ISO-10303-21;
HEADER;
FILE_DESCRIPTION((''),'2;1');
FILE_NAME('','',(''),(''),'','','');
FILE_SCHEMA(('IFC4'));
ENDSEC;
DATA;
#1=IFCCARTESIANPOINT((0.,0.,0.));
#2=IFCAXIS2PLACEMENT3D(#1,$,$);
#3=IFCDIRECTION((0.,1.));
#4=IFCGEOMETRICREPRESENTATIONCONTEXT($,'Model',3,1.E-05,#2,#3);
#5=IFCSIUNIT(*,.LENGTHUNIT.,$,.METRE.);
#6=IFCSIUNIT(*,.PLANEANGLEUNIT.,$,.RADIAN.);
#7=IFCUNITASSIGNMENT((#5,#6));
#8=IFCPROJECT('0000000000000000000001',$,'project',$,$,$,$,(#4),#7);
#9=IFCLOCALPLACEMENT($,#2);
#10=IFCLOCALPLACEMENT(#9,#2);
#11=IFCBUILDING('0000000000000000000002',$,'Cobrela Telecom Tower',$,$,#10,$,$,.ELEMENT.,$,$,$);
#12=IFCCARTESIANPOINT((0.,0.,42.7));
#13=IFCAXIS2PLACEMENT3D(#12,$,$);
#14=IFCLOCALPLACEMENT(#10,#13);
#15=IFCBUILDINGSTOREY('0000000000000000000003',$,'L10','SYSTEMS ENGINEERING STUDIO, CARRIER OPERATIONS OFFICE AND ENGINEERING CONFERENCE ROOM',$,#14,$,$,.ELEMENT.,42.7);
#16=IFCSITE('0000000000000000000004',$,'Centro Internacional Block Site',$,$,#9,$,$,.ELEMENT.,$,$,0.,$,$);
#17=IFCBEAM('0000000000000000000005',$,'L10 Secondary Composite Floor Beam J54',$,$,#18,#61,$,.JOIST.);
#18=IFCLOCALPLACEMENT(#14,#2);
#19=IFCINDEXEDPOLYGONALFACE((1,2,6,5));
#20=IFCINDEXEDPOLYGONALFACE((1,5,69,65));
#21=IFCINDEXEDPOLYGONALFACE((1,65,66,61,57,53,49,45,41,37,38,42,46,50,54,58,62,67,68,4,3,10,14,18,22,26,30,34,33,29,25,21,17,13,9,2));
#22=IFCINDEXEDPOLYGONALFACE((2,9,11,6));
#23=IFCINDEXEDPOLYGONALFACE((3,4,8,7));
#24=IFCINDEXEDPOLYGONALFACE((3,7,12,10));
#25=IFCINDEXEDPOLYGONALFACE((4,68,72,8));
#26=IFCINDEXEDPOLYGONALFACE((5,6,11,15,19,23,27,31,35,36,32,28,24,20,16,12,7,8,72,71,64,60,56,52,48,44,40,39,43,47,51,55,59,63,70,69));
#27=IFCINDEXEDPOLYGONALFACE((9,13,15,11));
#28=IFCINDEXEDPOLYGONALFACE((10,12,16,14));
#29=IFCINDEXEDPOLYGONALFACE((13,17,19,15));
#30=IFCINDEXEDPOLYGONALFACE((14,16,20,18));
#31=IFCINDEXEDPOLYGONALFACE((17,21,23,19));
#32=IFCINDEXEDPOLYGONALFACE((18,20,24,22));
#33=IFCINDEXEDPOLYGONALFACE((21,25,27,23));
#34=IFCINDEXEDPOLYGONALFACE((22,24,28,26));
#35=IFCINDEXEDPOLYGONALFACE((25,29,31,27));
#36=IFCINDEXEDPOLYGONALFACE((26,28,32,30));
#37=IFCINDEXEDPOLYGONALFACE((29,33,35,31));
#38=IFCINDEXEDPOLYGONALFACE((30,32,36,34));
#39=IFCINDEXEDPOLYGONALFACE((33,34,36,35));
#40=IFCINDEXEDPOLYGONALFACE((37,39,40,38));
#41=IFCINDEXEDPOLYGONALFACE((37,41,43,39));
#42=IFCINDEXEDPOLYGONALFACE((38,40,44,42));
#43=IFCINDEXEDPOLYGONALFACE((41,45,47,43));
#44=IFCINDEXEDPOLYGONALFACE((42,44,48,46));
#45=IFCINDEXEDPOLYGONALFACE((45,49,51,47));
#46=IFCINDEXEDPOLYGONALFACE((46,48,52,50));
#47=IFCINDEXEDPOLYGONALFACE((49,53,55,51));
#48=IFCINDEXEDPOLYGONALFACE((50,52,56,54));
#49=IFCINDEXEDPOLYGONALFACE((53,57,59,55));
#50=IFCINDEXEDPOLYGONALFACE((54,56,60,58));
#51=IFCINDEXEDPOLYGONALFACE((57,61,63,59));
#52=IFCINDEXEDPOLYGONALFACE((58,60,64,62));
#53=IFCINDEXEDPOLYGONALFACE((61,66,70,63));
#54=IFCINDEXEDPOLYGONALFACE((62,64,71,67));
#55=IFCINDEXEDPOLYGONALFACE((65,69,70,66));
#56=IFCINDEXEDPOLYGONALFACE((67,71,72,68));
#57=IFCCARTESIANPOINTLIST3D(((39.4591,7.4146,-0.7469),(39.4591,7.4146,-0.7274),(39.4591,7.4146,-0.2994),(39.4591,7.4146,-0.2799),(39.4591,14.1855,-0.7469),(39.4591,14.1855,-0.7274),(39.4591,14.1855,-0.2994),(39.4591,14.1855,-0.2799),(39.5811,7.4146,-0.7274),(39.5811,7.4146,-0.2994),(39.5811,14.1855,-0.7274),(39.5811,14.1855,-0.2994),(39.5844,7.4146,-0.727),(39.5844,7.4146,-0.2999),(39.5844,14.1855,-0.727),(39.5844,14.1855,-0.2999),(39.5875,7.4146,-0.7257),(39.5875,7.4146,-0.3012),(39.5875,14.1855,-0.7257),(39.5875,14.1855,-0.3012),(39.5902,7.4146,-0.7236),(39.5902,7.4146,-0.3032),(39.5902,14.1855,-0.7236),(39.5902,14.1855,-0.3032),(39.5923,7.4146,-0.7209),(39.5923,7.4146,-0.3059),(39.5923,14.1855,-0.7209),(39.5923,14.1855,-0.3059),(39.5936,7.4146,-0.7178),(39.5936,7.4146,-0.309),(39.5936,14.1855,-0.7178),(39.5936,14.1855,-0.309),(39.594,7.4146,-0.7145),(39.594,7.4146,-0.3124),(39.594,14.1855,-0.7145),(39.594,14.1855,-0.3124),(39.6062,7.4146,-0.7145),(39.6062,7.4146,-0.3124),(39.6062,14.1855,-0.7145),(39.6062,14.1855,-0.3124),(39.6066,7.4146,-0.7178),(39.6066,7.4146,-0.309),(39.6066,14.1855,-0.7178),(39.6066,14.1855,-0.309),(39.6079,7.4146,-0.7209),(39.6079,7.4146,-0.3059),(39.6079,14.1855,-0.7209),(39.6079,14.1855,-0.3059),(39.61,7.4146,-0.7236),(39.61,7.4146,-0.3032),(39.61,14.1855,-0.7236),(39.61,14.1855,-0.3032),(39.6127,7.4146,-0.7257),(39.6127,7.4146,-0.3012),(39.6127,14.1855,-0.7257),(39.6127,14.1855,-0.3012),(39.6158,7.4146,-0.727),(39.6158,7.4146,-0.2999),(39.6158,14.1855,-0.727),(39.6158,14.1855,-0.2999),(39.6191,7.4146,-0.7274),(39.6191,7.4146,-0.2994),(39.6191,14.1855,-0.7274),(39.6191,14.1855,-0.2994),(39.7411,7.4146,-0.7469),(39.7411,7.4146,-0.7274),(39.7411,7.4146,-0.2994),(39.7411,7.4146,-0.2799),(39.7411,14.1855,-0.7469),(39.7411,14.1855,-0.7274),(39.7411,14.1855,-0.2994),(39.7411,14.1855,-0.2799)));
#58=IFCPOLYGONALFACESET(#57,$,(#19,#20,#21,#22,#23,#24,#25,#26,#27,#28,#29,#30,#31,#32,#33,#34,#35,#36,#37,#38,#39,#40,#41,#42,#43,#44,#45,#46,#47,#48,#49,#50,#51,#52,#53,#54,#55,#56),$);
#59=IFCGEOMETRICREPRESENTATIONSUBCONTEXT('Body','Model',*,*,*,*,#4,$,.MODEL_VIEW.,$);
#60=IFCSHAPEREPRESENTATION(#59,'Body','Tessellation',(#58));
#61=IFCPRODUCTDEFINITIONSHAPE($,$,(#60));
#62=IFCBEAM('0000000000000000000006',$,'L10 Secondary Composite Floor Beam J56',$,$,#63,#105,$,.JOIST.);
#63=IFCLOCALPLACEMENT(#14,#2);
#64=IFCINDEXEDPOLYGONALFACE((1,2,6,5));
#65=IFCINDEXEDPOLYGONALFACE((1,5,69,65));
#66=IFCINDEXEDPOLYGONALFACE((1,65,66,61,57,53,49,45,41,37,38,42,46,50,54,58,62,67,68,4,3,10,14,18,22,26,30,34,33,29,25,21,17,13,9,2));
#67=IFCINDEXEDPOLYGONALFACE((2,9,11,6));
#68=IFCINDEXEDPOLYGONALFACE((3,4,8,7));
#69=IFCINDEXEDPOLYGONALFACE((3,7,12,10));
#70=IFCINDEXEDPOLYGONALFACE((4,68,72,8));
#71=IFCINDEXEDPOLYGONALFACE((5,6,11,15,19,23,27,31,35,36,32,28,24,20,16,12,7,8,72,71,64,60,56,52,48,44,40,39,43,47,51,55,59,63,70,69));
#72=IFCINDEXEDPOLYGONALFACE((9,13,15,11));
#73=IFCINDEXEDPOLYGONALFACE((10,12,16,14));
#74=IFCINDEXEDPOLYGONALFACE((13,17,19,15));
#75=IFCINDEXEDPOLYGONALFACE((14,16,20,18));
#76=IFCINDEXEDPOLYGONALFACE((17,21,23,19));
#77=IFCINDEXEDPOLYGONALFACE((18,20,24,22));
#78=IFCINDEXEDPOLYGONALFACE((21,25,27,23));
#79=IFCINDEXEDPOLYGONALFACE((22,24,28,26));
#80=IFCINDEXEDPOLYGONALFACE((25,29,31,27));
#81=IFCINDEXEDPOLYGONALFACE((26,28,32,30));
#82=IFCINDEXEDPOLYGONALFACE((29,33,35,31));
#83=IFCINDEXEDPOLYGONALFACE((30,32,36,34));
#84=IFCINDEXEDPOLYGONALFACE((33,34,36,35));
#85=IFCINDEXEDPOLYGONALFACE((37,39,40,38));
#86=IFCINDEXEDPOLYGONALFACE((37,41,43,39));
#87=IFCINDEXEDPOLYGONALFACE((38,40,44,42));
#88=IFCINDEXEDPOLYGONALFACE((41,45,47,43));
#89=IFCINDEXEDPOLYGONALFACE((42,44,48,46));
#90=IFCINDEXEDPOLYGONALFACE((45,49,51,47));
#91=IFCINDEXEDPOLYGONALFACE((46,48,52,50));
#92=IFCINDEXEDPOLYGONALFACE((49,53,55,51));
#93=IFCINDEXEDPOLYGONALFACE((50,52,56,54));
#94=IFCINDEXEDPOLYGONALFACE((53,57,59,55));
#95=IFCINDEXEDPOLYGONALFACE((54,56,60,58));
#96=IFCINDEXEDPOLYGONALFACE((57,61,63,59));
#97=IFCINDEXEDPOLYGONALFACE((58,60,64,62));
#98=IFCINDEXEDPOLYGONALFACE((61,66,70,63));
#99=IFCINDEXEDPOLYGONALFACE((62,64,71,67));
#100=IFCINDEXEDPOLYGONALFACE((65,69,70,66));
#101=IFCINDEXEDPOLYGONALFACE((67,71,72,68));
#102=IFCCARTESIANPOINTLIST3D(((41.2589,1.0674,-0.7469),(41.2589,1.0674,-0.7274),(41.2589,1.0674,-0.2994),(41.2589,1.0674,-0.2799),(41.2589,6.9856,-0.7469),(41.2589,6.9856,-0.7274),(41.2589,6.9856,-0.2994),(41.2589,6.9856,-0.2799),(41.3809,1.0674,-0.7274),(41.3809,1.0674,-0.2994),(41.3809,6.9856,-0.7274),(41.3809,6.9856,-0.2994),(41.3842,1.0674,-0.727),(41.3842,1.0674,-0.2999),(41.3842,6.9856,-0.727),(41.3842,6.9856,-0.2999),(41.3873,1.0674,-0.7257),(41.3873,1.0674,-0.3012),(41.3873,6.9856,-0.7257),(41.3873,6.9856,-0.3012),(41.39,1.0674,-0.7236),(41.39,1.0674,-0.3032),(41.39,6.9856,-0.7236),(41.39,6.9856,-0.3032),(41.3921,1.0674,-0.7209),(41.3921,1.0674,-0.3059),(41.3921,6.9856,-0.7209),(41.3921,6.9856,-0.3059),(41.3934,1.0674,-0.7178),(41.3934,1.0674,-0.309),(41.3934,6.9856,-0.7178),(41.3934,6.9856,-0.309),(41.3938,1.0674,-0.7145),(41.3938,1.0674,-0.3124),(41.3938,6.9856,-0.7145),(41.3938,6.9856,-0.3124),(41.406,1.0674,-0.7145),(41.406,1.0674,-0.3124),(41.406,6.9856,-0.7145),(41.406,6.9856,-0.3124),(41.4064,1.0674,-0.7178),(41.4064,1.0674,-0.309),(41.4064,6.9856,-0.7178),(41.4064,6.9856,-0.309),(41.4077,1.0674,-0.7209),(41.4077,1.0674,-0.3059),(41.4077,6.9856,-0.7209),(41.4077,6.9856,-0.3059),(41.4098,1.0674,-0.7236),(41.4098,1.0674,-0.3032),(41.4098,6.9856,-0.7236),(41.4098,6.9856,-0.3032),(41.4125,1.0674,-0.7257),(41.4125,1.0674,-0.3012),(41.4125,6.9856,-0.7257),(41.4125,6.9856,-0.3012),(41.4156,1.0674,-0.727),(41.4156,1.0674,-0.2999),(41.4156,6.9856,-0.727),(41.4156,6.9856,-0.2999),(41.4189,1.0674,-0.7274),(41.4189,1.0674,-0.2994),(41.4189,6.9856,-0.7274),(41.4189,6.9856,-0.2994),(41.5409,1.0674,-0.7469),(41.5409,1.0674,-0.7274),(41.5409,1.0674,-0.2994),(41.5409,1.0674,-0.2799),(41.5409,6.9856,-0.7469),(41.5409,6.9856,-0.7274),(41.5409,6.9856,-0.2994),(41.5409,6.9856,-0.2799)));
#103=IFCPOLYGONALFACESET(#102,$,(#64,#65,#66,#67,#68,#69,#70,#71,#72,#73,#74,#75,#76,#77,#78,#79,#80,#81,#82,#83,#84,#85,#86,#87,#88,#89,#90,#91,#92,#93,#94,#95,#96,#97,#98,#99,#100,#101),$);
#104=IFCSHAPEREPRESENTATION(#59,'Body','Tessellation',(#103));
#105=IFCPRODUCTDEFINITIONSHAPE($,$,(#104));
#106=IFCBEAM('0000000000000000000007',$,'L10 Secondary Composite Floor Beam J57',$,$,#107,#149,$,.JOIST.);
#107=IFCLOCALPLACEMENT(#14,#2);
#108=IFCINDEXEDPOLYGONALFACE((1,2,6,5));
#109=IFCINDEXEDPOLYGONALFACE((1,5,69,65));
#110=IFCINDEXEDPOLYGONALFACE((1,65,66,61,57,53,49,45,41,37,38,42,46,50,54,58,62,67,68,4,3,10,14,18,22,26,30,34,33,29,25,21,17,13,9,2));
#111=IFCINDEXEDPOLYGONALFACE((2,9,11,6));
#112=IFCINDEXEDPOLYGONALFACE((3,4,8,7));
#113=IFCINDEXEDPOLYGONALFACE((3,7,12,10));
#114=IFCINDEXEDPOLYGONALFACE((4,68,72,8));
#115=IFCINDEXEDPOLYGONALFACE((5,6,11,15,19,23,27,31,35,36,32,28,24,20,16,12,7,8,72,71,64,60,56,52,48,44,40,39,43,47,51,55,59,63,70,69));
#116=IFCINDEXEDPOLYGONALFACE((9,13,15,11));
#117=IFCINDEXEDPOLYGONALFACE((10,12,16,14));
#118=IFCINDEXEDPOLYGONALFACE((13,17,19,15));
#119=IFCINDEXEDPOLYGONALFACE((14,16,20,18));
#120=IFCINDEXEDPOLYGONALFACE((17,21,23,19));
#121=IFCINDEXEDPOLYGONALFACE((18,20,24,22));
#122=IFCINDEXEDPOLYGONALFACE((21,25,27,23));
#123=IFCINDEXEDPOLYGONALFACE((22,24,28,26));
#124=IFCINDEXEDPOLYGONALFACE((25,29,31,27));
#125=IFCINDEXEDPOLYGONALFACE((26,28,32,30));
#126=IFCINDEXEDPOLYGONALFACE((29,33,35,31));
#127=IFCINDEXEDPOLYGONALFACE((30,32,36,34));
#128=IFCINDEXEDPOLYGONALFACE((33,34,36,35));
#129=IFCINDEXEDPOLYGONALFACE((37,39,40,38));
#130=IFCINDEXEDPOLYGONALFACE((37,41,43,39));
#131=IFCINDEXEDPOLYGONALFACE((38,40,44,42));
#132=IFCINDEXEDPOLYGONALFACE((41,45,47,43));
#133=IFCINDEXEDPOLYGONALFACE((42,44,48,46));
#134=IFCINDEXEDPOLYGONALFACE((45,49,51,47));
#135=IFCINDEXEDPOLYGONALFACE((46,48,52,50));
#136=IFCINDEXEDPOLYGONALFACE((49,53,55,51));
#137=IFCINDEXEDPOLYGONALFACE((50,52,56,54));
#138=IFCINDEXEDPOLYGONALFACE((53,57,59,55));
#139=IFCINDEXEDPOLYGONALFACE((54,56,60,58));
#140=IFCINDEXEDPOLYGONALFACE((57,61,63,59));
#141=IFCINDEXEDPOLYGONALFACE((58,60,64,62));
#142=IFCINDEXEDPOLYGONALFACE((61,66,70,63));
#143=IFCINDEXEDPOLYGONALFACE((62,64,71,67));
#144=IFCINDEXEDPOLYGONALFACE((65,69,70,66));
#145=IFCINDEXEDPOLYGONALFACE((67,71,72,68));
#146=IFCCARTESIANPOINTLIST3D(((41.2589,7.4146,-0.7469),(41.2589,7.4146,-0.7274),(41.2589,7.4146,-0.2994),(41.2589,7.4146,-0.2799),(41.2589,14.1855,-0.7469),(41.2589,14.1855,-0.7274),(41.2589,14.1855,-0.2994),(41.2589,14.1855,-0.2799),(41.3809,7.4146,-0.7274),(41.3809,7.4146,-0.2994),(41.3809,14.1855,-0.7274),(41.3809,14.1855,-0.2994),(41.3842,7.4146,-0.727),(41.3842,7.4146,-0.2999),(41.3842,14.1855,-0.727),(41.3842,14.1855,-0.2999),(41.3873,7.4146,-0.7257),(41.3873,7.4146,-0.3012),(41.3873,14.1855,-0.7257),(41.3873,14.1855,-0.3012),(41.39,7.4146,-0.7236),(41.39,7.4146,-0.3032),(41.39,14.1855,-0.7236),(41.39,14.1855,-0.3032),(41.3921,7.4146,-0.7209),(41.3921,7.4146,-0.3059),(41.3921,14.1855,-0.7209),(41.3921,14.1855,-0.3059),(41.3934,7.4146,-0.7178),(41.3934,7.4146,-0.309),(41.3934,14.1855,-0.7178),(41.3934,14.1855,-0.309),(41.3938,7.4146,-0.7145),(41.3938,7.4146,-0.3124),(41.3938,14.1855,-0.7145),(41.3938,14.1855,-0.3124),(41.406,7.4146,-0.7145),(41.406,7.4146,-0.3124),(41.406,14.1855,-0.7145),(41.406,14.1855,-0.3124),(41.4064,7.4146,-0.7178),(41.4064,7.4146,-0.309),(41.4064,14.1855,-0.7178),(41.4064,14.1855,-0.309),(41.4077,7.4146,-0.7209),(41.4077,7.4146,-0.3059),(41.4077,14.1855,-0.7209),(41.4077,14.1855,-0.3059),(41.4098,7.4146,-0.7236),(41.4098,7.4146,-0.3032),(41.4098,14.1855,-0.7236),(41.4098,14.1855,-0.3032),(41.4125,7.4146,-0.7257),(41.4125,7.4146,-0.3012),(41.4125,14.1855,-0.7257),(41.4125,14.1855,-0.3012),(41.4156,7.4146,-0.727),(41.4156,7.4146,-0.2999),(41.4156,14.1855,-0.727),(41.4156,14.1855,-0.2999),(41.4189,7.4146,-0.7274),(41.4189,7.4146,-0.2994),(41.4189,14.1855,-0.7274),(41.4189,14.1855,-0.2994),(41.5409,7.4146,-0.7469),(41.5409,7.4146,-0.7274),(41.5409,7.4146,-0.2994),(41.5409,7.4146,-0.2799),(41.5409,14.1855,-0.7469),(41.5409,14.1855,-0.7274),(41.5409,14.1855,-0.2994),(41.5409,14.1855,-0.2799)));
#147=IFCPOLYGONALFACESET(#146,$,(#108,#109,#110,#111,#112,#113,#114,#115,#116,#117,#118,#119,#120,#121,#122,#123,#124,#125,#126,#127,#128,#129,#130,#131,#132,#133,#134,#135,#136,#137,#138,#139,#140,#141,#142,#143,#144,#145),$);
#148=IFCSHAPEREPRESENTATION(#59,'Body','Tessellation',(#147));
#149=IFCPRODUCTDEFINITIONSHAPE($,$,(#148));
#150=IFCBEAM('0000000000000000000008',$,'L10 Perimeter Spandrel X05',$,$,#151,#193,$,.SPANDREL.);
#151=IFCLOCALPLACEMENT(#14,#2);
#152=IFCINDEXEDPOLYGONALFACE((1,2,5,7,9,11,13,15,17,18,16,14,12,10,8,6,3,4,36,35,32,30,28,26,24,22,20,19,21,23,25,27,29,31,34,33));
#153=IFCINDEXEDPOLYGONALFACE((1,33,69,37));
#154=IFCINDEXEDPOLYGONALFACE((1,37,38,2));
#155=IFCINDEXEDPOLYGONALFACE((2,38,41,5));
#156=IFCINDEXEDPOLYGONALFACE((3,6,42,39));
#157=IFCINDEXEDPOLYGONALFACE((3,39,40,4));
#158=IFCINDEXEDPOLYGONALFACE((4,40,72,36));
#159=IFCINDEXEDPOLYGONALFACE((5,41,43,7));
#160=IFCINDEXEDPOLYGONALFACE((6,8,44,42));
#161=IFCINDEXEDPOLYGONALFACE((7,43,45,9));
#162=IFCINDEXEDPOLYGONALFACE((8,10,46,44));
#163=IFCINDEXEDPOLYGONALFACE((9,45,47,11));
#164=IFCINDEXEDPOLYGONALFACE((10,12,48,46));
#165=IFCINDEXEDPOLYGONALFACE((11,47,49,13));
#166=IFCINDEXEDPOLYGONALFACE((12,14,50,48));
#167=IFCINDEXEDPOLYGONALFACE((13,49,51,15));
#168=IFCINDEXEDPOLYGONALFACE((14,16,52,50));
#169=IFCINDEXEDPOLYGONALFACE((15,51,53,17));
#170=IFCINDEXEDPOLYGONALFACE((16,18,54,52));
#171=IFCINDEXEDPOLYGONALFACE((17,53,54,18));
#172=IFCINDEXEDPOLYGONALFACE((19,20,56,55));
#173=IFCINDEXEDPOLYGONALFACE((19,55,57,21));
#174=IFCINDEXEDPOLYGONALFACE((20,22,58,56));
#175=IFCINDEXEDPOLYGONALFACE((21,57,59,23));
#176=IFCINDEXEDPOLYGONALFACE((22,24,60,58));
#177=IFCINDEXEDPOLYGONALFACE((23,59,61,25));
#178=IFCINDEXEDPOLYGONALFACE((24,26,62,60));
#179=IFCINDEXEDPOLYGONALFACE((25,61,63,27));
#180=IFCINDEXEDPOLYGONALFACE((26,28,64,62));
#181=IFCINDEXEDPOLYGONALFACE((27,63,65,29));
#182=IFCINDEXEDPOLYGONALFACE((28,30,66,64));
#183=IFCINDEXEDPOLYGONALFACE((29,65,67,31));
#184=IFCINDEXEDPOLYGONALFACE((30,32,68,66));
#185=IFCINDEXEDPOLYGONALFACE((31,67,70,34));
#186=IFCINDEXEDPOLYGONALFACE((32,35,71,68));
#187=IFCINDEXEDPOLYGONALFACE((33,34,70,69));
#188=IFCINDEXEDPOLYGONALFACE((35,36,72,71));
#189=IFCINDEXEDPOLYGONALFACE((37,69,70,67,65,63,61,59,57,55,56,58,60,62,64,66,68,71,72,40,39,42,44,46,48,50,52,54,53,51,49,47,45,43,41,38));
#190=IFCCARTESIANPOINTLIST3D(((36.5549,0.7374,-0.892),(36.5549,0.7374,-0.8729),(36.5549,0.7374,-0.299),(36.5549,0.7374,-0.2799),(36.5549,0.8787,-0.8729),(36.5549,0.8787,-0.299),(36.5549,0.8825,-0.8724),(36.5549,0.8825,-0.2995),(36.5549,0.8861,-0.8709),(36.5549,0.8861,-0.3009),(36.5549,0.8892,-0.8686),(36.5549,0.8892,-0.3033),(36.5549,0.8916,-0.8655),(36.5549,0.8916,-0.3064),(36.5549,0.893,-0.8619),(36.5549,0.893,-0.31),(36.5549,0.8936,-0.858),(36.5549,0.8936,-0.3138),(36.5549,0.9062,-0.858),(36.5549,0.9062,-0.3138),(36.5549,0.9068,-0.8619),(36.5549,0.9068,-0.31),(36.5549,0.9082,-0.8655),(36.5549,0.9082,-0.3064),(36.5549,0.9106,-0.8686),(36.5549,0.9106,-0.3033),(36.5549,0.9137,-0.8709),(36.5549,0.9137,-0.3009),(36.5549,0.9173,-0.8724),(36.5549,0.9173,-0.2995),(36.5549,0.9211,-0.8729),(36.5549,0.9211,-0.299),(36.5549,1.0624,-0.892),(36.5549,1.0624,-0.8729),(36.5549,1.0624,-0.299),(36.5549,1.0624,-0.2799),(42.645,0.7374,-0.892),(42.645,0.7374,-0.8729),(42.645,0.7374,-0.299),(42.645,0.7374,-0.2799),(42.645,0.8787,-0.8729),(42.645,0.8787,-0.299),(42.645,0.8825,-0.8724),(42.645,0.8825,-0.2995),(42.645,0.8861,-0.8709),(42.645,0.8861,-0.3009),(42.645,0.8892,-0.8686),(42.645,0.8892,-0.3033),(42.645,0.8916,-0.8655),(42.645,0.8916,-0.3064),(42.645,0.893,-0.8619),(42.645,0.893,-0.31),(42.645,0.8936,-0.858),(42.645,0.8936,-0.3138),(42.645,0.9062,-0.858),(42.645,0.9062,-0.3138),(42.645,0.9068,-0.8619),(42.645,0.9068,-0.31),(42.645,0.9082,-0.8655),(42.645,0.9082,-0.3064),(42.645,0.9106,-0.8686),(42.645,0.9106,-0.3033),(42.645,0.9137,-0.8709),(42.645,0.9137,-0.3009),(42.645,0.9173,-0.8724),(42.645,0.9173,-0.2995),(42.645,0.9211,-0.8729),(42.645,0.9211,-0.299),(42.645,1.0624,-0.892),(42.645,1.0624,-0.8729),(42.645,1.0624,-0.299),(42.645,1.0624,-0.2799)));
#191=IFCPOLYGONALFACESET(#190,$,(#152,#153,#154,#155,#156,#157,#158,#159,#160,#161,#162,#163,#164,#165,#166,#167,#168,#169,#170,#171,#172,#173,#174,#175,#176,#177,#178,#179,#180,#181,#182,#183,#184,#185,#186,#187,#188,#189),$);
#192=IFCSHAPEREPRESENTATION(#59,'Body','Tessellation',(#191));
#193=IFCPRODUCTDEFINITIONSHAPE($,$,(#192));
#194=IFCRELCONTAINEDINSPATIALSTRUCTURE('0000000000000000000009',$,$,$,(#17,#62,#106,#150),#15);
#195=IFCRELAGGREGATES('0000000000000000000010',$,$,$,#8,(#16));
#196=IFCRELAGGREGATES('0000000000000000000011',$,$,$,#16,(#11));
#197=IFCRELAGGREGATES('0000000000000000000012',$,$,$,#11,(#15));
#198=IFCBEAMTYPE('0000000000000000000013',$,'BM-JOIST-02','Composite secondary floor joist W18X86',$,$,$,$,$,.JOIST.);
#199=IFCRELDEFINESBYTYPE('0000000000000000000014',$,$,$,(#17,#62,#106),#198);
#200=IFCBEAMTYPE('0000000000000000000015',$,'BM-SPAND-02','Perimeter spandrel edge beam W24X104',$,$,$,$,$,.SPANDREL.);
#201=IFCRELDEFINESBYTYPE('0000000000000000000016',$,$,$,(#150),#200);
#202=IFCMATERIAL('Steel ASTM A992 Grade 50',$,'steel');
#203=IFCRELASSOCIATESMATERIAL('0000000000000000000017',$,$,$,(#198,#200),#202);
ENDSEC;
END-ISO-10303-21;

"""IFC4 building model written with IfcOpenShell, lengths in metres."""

from ifc_helpers import new_model, si_unit, direction, frame, origin, origin_2d, place, context, subcontext, project, spatial, i_section, extrude, material, material_profile, profile_set, type_object, element, save


model = new_model("IFC4")

# Units and contexts
model_context = context("Model", 3, precision=1e-05, world=origin(), true_north=direction((0.0, 1.0)))
body_context = subcontext(model_context, "Body", "Model", "MODEL_VIEW")
ifc_project = project(units=[si_unit("LENGTHUNIT", "METRE"), si_unit("PLANEANGLEUNIT", "RADIAN")], contexts=[model_context])

# Site, building, storey
site_placement = place(None, origin())
site = spatial("IfcSite", under=ifc_project, at=site_placement, Name="Centro Internacional Block Site", CompositionType="ELEMENT", RefElevation=0.0)
building_placement = place(site_placement, origin())
building = spatial("IfcBuilding", under=site, at=building_placement, Name="Cobrela Telecom Tower", CompositionType="ELEMENT")
storey_placement = place(building_placement, frame((0.0, 0.0, 42.7)))
storey = spatial("IfcBuildingStorey", under=building, at=storey_placement, Name="L10", Description="SYSTEMS ENGINEERING STUDIO, CARRIER OPERATIONS OFFICE AND ENGINEERING CONFERENCE ROOM", CompositionType="ELEMENT", Elevation=42.7)

# Shared definitions
ifc_material_1 = material(Name="Steel ASTM A992 Grade 50", Category="steel")

# Beams
ifc_material_profile_1 = material_profile(ifc_material_1, i_section(OverallWidth=0.282, OverallDepth=0.467, WebThickness=0.0122, FlangeThickness=0.0195, FilletRadius=0.0129, at=origin_2d()), Name="W18X86")
ifc_profile_set_1 = profile_set([ifc_material_profile_1], Name="Steel ASTM A992 Grade 50")
beam_type_1 = type_object("IfcBeamType", Name="BM-JOIST-02", Description="Composite secondary floor joist W18X86", PredefinedType="JOIST", material=ifc_profile_set_1)
beam_1_placement = place(storey_placement, frame((39.6001, 7.4146, -0.5134), z_axis=(0.0, 1.0, 0.0), x_axis=(-1.0, 0.0, 0.0)))
element("IfcBeam", 1, at=beam_1_placement, inside=storey, type_object=beam_type_1, Name="L10 Secondary Composite Floor Beam J54", PredefinedType="JOIST", context=body_context, shape_type="SweptSolid", body=[
    extrude(i_section(OverallWidth=0.282, OverallDepth=0.467, WebThickness=0.0122, FlangeThickness=0.0195, FilletRadius=0.0129, at=origin_2d()), origin(), (0.0, 0.0, 1.0), 6.771),
])
beam_2_placement = place(storey_placement, frame((41.3999, 1.0674, -0.5134), z_axis=(0.0, 1.0, 0.0), x_axis=(-1.0, 0.0, 0.0)))
element("IfcBeam", 2, at=beam_2_placement, inside=storey, type_object=beam_type_1, Name="L10 Secondary Composite Floor Beam J56", PredefinedType="JOIST", context=body_context, shape_type="SweptSolid", body=[
    extrude(i_section(OverallWidth=0.282, OverallDepth=0.467, WebThickness=0.0122, FlangeThickness=0.0195, FilletRadius=0.0129, at=origin_2d()), origin(), (0.0, 0.0, 1.0), 5.9182),
])
beam_3_placement = place(storey_placement, frame((41.3999, 7.4146, -0.5134), z_axis=(0.0, 1.0, 0.0), x_axis=(-1.0, 0.0, 0.0)))
element("IfcBeam", 3, at=beam_3_placement, inside=storey, type_object=beam_type_1, Name="L10 Secondary Composite Floor Beam J57", PredefinedType="JOIST", context=body_context, shape_type="SweptSolid", body=[
    extrude(i_section(OverallWidth=0.282, OverallDepth=0.467, WebThickness=0.0122, FlangeThickness=0.0195, FilletRadius=0.0129, at=origin_2d()), origin(), (0.0, 0.0, 1.0), 6.771),
])
ifc_material_profile_2 = material_profile(ifc_material_1, i_section(OverallWidth=0.325, OverallDepth=0.6121, WebThickness=0.0127, FlangeThickness=0.019, FilletRadius=0.0149, at=origin_2d()), Name="W24X104")
ifc_profile_set_2 = profile_set([ifc_material_profile_2], Name="Steel ASTM A992 Grade 50")
beam_type_2 = type_object("IfcBeamType", Name="BM-SPAND-02", Description="Perimeter spandrel edge beam W24X104", PredefinedType="SPANDREL", material=ifc_profile_set_2)
beam_4_placement = place(storey_placement, frame((36.5549, 0.8999, -0.5859), z_axis=(1.0, 0.0, 0.0), x_axis=(0.0, 1.0, 0.0)))
element("IfcBeam", 4, at=beam_4_placement, inside=storey, type_object=beam_type_2, Name="L10 Perimeter Spandrel X05", PredefinedType="SPANDREL", context=body_context, shape_type="SweptSolid", body=[
    extrude(i_section(OverallWidth=0.325, OverallDepth=0.6121, WebThickness=0.0127, FlangeThickness=0.019, FilletRadius=0.0149, at=origin_2d()), origin(), (0.0, 0.0, 1.0), 6.0901),
])

save(model, "model.ifc")
